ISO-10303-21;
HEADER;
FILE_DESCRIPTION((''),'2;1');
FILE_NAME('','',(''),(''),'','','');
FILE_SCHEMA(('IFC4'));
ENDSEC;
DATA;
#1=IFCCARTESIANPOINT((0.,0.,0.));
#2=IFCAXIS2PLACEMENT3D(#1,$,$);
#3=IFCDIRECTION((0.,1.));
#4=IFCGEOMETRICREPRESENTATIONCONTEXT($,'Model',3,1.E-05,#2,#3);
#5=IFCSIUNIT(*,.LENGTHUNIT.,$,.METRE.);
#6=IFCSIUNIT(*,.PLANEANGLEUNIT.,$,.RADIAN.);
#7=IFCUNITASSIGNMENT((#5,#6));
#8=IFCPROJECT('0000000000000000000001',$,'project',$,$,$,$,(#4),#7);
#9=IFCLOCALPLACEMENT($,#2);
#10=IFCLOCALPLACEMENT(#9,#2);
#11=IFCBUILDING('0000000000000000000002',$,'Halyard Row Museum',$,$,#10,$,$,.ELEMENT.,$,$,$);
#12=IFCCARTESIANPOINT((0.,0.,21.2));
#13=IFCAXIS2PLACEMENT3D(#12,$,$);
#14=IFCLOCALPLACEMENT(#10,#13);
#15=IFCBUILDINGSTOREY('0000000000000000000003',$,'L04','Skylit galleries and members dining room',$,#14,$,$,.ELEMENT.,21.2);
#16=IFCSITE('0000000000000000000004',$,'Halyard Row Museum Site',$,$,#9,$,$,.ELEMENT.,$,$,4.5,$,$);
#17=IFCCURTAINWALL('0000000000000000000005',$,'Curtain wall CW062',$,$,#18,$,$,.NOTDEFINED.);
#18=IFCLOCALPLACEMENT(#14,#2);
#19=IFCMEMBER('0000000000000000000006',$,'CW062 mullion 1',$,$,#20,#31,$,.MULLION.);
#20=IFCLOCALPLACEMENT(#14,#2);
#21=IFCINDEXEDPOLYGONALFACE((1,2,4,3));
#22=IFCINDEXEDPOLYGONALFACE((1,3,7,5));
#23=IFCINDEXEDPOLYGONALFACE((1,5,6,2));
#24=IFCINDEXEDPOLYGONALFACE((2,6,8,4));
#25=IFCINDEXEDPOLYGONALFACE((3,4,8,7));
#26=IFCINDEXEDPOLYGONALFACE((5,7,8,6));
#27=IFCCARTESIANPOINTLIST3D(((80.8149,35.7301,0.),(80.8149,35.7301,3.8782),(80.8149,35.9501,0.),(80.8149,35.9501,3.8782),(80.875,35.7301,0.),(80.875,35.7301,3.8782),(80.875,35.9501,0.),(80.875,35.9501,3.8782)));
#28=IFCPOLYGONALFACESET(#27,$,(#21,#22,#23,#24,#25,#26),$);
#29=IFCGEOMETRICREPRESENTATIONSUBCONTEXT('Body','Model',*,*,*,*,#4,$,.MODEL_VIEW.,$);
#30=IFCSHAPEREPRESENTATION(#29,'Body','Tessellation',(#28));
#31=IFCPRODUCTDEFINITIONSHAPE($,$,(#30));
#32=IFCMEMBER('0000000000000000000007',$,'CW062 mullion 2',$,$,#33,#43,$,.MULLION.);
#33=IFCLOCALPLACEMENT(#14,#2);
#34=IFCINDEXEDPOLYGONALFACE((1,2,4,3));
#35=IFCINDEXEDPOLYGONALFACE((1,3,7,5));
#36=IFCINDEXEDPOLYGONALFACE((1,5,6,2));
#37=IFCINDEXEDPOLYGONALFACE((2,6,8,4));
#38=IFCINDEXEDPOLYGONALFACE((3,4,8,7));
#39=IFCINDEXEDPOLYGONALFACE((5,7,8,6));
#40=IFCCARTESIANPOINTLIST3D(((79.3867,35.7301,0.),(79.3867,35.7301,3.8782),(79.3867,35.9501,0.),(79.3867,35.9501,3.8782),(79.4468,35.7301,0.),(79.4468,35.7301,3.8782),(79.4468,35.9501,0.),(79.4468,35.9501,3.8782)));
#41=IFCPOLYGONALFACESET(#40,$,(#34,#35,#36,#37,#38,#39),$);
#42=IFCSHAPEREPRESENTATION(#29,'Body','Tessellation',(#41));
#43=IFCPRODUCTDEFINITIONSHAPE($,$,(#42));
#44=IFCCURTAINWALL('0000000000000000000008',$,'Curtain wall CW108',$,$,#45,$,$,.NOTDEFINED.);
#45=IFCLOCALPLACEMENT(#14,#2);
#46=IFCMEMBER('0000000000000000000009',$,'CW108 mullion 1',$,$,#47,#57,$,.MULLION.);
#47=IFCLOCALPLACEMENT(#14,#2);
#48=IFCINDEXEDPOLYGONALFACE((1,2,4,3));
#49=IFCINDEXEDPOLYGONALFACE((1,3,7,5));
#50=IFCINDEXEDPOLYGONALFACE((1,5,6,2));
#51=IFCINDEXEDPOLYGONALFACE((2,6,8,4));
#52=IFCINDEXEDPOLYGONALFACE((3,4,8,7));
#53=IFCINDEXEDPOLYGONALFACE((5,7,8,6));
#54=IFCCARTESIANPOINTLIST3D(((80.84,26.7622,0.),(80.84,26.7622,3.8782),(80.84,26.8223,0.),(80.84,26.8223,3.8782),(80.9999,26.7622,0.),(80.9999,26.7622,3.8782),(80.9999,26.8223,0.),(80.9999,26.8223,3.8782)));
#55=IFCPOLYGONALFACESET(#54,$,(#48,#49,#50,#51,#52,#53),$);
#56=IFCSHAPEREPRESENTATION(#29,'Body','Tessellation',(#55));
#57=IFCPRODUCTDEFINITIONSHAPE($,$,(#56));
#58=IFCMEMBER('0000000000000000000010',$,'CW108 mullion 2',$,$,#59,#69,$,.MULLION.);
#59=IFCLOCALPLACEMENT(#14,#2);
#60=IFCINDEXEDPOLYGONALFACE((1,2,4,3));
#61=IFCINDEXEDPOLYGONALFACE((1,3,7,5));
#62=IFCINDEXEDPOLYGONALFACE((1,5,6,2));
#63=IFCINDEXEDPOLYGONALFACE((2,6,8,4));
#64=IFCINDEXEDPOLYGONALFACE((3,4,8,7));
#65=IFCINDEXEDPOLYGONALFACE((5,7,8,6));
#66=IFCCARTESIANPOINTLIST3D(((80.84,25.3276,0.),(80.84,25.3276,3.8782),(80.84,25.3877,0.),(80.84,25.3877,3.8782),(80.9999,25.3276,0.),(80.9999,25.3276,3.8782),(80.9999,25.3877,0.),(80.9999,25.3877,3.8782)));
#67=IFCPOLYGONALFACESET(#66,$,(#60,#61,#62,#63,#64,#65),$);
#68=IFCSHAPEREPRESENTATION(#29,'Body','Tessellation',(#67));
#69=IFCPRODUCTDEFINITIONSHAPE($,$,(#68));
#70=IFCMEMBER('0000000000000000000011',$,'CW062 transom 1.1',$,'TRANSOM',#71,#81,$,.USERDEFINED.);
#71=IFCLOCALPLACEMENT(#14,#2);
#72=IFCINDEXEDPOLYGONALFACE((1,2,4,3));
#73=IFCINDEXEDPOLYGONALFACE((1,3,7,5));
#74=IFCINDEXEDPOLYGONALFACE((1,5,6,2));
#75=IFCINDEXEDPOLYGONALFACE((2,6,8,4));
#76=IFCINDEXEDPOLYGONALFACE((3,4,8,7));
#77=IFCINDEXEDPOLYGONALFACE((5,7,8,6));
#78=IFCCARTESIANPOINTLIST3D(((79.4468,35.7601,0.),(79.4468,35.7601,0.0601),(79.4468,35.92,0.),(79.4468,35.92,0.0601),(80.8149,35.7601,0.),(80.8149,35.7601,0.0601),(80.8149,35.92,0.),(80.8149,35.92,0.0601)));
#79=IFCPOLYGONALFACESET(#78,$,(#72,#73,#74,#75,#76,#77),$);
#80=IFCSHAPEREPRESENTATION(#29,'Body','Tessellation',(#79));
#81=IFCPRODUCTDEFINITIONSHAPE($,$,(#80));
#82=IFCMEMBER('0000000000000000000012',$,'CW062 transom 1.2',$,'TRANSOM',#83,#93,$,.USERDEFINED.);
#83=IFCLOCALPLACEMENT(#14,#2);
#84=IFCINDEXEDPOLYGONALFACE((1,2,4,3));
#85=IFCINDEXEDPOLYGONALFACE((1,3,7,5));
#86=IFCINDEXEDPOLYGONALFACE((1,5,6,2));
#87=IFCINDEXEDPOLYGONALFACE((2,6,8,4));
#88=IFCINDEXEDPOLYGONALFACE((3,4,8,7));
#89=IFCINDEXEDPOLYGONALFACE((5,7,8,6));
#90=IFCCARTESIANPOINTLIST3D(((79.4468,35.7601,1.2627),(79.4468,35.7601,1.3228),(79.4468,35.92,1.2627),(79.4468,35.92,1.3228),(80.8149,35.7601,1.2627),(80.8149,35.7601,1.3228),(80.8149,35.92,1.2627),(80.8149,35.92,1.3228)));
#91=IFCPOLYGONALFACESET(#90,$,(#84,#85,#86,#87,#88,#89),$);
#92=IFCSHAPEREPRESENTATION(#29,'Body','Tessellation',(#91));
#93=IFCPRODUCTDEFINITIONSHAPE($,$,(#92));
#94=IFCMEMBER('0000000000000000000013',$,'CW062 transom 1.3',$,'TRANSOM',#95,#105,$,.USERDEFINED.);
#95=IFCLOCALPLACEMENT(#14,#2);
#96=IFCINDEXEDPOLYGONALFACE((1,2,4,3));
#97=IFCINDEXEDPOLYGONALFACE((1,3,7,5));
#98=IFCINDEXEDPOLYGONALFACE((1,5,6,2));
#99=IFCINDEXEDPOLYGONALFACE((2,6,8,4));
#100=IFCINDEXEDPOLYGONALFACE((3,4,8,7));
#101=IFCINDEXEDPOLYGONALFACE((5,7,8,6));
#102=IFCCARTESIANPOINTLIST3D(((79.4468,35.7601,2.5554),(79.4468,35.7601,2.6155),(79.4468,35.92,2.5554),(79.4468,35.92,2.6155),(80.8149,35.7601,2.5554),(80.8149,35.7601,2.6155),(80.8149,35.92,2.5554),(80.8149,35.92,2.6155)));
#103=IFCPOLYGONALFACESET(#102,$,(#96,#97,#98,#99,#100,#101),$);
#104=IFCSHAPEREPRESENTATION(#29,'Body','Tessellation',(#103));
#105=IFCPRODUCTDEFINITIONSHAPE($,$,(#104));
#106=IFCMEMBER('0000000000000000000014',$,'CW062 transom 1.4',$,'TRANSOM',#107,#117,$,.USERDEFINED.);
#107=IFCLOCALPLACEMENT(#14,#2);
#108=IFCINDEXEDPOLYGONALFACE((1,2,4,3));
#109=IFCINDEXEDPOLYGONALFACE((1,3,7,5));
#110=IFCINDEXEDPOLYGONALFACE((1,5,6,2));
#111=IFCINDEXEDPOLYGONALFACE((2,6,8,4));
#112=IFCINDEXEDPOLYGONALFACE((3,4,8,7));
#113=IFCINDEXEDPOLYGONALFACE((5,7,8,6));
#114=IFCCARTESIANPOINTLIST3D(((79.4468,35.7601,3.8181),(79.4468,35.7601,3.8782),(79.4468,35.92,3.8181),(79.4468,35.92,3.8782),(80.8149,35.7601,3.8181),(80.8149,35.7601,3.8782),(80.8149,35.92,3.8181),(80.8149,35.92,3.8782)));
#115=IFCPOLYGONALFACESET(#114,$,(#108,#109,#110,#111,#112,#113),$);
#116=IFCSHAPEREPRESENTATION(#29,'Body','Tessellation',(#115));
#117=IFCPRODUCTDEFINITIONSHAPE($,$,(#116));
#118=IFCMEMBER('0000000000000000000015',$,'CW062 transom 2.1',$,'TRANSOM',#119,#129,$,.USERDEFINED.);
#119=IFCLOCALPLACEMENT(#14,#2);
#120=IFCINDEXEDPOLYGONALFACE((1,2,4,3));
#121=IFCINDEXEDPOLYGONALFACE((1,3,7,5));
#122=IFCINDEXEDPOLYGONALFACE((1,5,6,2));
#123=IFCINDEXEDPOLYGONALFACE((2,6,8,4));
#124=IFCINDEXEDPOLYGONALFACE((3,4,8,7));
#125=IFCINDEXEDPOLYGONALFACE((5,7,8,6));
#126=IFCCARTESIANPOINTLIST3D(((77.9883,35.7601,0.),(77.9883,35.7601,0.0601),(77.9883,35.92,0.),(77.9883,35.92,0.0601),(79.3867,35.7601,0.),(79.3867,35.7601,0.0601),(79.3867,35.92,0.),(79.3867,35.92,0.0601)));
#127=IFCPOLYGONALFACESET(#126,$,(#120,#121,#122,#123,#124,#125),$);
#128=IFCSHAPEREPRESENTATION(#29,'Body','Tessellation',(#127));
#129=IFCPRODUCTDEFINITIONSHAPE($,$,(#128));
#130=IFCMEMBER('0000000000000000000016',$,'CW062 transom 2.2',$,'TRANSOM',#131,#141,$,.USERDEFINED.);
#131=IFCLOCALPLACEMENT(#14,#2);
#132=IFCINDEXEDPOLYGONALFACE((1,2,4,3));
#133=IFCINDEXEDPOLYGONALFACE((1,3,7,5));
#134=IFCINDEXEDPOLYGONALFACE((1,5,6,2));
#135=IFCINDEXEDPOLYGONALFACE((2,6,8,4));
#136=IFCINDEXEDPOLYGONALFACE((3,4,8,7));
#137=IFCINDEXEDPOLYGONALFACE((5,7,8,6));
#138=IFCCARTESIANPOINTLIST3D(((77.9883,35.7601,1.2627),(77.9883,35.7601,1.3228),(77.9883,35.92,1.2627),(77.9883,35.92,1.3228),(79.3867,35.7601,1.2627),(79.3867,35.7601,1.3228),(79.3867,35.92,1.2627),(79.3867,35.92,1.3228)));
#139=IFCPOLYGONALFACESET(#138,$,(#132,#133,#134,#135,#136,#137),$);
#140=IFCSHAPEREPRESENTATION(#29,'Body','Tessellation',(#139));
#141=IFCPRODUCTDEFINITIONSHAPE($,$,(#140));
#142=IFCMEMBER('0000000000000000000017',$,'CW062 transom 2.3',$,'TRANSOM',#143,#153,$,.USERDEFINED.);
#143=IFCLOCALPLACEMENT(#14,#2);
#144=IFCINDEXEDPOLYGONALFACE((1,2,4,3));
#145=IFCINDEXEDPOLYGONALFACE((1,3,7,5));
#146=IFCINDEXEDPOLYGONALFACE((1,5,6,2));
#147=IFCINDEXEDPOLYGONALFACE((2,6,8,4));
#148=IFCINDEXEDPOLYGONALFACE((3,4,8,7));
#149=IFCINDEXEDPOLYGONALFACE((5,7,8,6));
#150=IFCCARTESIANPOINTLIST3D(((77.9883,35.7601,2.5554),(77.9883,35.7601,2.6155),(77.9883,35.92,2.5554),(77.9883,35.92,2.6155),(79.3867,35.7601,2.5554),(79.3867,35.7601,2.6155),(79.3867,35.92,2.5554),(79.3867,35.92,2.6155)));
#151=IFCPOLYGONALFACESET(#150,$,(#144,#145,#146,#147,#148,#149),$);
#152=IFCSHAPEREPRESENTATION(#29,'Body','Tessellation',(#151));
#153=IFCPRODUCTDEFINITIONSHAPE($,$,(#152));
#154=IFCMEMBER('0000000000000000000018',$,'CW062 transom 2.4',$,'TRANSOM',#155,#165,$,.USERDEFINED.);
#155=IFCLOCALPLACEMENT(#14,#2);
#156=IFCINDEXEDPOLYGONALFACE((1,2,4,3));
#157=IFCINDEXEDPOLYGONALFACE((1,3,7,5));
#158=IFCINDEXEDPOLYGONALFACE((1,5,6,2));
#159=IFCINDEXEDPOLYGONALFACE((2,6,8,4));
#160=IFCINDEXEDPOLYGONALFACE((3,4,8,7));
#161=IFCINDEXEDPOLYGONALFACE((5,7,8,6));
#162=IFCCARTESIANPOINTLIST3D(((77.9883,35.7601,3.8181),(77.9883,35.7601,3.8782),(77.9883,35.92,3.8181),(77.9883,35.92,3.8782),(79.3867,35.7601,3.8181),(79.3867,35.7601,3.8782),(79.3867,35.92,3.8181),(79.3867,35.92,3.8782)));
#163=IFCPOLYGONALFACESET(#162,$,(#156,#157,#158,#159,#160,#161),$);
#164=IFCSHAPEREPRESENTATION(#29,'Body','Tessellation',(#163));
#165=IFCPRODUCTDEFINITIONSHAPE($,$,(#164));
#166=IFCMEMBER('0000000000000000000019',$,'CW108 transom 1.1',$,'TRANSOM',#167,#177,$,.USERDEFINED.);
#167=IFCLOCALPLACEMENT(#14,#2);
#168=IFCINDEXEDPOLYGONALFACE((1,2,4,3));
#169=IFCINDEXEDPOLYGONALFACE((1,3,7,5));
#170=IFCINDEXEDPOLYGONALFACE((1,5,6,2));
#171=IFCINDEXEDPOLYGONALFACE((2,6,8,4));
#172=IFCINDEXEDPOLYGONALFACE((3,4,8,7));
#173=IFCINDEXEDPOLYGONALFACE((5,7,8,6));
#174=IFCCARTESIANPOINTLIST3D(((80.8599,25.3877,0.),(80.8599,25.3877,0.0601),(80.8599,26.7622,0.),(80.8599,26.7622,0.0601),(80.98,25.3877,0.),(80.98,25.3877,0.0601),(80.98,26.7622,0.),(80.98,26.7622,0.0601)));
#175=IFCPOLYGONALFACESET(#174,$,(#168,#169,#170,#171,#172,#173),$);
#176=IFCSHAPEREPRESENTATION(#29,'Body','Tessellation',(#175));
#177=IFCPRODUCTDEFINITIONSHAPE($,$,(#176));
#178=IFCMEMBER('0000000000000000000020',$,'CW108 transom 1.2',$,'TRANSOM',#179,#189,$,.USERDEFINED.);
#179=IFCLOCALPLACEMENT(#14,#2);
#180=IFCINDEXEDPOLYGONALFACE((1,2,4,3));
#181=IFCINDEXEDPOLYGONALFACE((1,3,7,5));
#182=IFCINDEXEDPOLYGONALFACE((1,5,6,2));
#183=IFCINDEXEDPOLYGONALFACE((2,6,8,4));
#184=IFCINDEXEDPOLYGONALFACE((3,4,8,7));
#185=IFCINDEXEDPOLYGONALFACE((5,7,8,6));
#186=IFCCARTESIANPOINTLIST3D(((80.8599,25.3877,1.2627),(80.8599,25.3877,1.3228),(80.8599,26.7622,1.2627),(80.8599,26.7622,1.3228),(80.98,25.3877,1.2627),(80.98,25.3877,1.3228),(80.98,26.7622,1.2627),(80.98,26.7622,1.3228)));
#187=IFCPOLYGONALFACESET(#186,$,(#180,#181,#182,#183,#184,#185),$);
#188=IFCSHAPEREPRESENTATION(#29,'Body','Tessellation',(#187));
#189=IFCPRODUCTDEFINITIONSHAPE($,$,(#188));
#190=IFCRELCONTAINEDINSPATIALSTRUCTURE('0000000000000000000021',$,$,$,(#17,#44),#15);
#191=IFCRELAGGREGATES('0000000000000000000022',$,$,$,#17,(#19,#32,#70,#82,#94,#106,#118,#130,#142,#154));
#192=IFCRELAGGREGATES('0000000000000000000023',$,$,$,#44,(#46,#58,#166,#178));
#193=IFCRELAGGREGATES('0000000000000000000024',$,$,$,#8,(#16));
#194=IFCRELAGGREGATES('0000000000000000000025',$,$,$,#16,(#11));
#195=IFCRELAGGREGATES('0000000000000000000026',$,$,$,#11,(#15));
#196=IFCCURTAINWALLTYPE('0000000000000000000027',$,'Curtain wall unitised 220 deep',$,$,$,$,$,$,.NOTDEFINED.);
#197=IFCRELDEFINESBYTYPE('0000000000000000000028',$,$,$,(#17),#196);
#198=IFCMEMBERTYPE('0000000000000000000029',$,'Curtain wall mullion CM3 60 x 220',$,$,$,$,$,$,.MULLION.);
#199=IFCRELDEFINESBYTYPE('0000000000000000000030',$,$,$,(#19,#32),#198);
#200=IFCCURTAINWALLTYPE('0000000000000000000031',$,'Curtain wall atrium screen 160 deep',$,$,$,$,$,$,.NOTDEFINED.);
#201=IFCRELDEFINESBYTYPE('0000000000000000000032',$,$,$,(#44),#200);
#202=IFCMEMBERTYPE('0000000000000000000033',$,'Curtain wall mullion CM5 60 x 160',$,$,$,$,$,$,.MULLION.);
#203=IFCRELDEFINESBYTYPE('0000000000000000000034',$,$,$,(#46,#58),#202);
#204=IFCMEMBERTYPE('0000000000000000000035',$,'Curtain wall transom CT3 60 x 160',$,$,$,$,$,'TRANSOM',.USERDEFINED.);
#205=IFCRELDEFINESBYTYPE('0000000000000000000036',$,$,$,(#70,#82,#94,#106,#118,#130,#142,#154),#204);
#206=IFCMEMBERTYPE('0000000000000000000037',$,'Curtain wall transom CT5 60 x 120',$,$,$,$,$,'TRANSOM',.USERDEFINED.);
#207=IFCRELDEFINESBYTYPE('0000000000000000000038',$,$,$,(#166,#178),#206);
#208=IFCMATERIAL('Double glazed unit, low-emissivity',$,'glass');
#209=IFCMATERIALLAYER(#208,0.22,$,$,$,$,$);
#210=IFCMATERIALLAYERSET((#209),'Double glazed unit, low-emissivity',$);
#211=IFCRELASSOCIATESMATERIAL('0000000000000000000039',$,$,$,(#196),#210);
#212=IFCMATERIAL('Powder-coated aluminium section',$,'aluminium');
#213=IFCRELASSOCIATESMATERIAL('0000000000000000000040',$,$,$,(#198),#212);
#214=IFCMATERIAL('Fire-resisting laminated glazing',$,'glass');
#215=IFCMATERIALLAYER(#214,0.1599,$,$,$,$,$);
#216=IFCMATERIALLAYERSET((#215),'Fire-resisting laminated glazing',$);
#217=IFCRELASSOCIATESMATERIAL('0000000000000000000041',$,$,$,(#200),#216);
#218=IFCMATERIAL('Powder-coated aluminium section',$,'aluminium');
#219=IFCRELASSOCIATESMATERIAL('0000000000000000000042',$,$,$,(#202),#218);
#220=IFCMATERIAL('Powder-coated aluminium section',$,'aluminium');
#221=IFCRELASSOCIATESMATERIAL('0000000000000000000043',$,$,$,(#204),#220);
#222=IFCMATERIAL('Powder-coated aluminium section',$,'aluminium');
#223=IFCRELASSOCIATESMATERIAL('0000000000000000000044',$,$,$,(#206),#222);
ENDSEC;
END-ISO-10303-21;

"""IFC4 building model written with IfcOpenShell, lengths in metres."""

from ifc_helpers import new_model, si_unit, direction, frame, origin, origin_2d, place, context, subcontext, project, spatial, rectangle, extrude, material, layer, layer_set, material_profile, profile_set, type_object, element, aggregate, save


model = new_model("IFC4")

# Units and contexts
model_context = context("Model", 3, precision=1e-05, world=origin(), true_north=direction((0.0, 1.0)))
body_context = subcontext(model_context, "Body", "Model", "MODEL_VIEW")
ifc_project = project(units=[si_unit("LENGTHUNIT", "METRE"), si_unit("PLANEANGLEUNIT", "RADIAN")], contexts=[model_context])

# Site, building, storey
site_placement = place(None, origin())
site = spatial("IfcSite", under=ifc_project, at=site_placement, Name="Halyard Row Museum Site", CompositionType="ELEMENT", RefElevation=4.5)
building_placement = place(site_placement, origin())
building = spatial("IfcBuilding", under=site, at=building_placement, Name="Halyard Row Museum", CompositionType="ELEMENT")
storey_placement = place(building_placement, frame((0.0, 0.0, 21.2)))
storey = spatial("IfcBuildingStorey", under=building, at=storey_placement, Name="L04", Description="Skylit galleries and members dining room", CompositionType="ELEMENT", Elevation=21.2)

# Curtain walls, members
ifc_material_1 = material(Name="Double glazed unit, low-emissivity", Category="glass")
ifc_layer_1 = layer(ifc_material_1, 0.22)
ifc_layer_set_1 = layer_set([ifc_layer_1], Name="Double glazed unit, low-emissivity")
curtain_wall_type_1 = type_object("IfcCurtainWallType", Name="Curtain wall unitised 220 deep", PredefinedType="NOTDEFINED", material=ifc_layer_set_1)
curtain_wall_1_placement = place(storey_placement, origin())
curtain_wall_1 = element("IfcCurtainWall", 1, at=curtain_wall_1_placement, inside=storey, type_object=curtain_wall_type_1, Name="Curtain wall CW062", PredefinedType="NOTDEFINED")
ifc_material_2 = material(Name="Powder-coated aluminium section", Category="aluminium")
ifc_material_profile_1 = material_profile(ifc_material_2, rectangle(XDim=0.22, YDim=0.0601, at=origin_2d()), Name="220x60 mullion")
ifc_profile_set_1 = profile_set([ifc_material_profile_1], Name="Powder-coated aluminium section")
member_type_1 = type_object("IfcMemberType", Name="Curtain wall mullion CM3 60 x 220", PredefinedType="MULLION", material=ifc_profile_set_1)
member_1_placement = place(storey_placement, frame((80.845, 35.8401, 0.0), z_axis=(0.0, 0.0, 1.0), x_axis=(0.0, -1.0, 0.0)))
member_1 = element("IfcMember", 2, at=member_1_placement, type_object=member_type_1, Name="CW062 mullion 1", PredefinedType="MULLION", context=body_context, shape_type="SweptSolid", body=[
    extrude(rectangle(XDim=0.22, YDim=0.0601, at=origin_2d()), origin(), (0.0, 0.0, 1.0), 3.8782),
])
member_2_placement = place(storey_placement, frame((79.4167, 35.8401, 0.0), z_axis=(0.0, 0.0, 1.0), x_axis=(0.0, -1.0, 0.0)))
member_2 = element("IfcMember", 3, at=member_2_placement, type_object=member_type_1, Name="CW062 mullion 2", PredefinedType="MULLION", context=body_context, shape_type="SweptSolid", body=[
    extrude(rectangle(XDim=0.22, YDim=0.0601, at=origin_2d()), origin(), (0.0, 0.0, 1.0), 3.8782),
])
ifc_material_3 = material(Name="Fire-resisting laminated glazing", Category="glass")
ifc_layer_2 = layer(ifc_material_3, 0.1599)
ifc_layer_set_2 = layer_set([ifc_layer_2], Name="Fire-resisting laminated glazing")
curtain_wall_type_2 = type_object("IfcCurtainWallType", Name="Curtain wall atrium screen 160 deep", PredefinedType="NOTDEFINED", material=ifc_layer_set_2)
curtain_wall_2_placement = place(storey_placement, origin())
curtain_wall_2 = element("IfcCurtainWall", 4, at=curtain_wall_2_placement, inside=storey, type_object=curtain_wall_type_2, Name="Curtain wall CW108", PredefinedType="NOTDEFINED")
ifc_material_4 = material(Name="Powder-coated aluminium section", Category="aluminium")
ifc_material_profile_2 = material_profile(ifc_material_4, rectangle(XDim=0.1599, YDim=0.0601, at=origin_2d()), Name="160x60 mullion")
ifc_profile_set_2 = profile_set([ifc_material_profile_2], Name="Powder-coated aluminium section")
member_type_2 = type_object("IfcMemberType", Name="Curtain wall mullion CM5 60 x 160", PredefinedType="MULLION", material=ifc_profile_set_2)
member_3_placement = place(storey_placement, frame((80.9199, 26.7922, 0.0), z_axis=(0.0, 0.0, 1.0), x_axis=(1.0, 0.0, 0.0)))
member_3 = element("IfcMember", 5, at=member_3_placement, type_object=member_type_2, Name="CW108 mullion 1", PredefinedType="MULLION", context=body_context, shape_type="SweptSolid", body=[
    extrude(rectangle(XDim=0.1599, YDim=0.0601, at=origin_2d()), origin(), (0.0, 0.0, 1.0), 3.8782),
])
member_4_placement = place(storey_placement, frame((80.9199, 25.3577, 0.0), z_axis=(0.0, 0.0, 1.0), x_axis=(1.0, 0.0, 0.0)))
member_4 = element("IfcMember", 6, at=member_4_placement, type_object=member_type_2, Name="CW108 mullion 2", PredefinedType="MULLION", context=body_context, shape_type="SweptSolid", body=[
    extrude(rectangle(XDim=0.1599, YDim=0.0601, at=origin_2d()), origin(), (0.0, 0.0, 1.0), 3.8782),
])

# Members
ifc_material_5 = material(Name="Powder-coated aluminium section", Category="aluminium")
ifc_material_profile_3 = material_profile(ifc_material_5, rectangle(XDim=0.1599, YDim=0.0601, at=origin_2d()), Name="160x60 transom")
ifc_profile_set_3 = profile_set([ifc_material_profile_3], Name="Powder-coated aluminium section")
member_type_3 = type_object("IfcMemberType", Name="Curtain wall transom CT3 60 x 160", ElementType="TRANSOM", PredefinedType="USERDEFINED", material=ifc_profile_set_3)
member_5_placement = place(storey_placement, frame((80.8149, 35.8401, 0.03), z_axis=(-1.0, 0.0, 0.0), x_axis=(0.0, -1.0, 0.0)))
member_5 = element("IfcMember", 7, at=member_5_placement, type_object=member_type_3, Name="CW062 transom 1.1", ObjectType="TRANSOM", PredefinedType="USERDEFINED", context=body_context, shape_type="SweptSolid", body=[
    extrude(rectangle(XDim=0.1599, YDim=0.0601, at=origin_2d()), origin(), (0.0, 0.0, 1.0), 1.3682),
])
member_6_placement = place(storey_placement, frame((80.8149, 35.8401, 1.2927), z_axis=(-1.0, 0.0, 0.0), x_axis=(0.0, -1.0, 0.0)))
member_6 = element("IfcMember", 8, at=member_6_placement, type_object=member_type_3, Name="CW062 transom 1.2", ObjectType="TRANSOM", PredefinedType="USERDEFINED", context=body_context, shape_type="SweptSolid", body=[
    extrude(rectangle(XDim=0.1599, YDim=0.0601, at=origin_2d()), origin(), (0.0, 0.0, 1.0), 1.3682),
])
member_7_placement = place(storey_placement, frame((80.8149, 35.8401, 2.5854), z_axis=(-1.0, 0.0, 0.0), x_axis=(0.0, -1.0, 0.0)))
member_7 = element("IfcMember", 9, at=member_7_placement, type_object=member_type_3, Name="CW062 transom 1.3", ObjectType="TRANSOM", PredefinedType="USERDEFINED", context=body_context, shape_type="SweptSolid", body=[
    extrude(rectangle(XDim=0.1599, YDim=0.0601, at=origin_2d()), origin(), (0.0, 0.0, 1.0), 1.3682),
])
member_8_placement = place(storey_placement, frame((80.8149, 35.8401, 3.8481), z_axis=(-1.0, 0.0, 0.0), x_axis=(0.0, -1.0, 0.0)))
member_8 = element("IfcMember", 10, at=member_8_placement, type_object=member_type_3, Name="CW062 transom 1.4", ObjectType="TRANSOM", PredefinedType="USERDEFINED", context=body_context, shape_type="SweptSolid", body=[
    extrude(rectangle(XDim=0.1599, YDim=0.0601, at=origin_2d()), origin(), (0.0, 0.0, 1.0), 1.3682),
])
member_9_placement = place(storey_placement, frame((79.3867, 35.8401, 0.03), z_axis=(-1.0, 0.0, 0.0), x_axis=(0.0, -1.0, 0.0)))
member_9 = element("IfcMember", 11, at=member_9_placement, type_object=member_type_3, Name="CW062 transom 2.1", ObjectType="TRANSOM", PredefinedType="USERDEFINED", context=body_context, shape_type="SweptSolid", body=[
    extrude(rectangle(XDim=0.1599, YDim=0.0601, at=origin_2d()), origin(), (0.0, 0.0, 1.0), 1.3984),
])
member_10_placement = place(storey_placement, frame((79.3867, 35.8401, 1.2927), z_axis=(-1.0, 0.0, 0.0), x_axis=(0.0, -1.0, 0.0)))
member_10 = element("IfcMember", 12, at=member_10_placement, type_object=member_type_3, Name="CW062 transom 2.2", ObjectType="TRANSOM", PredefinedType="USERDEFINED", context=body_context, shape_type="SweptSolid", body=[
    extrude(rectangle(XDim=0.1599, YDim=0.0601, at=origin_2d()), origin(), (0.0, 0.0, 1.0), 1.3984),
])
member_11_placement = place(storey_placement, frame((79.3867, 35.8401, 2.5854), z_axis=(-1.0, 0.0, 0.0), x_axis=(0.0, -1.0, 0.0)))
member_11 = element("IfcMember", 13, at=member_11_placement, type_object=member_type_3, Name="CW062 transom 2.3", ObjectType="TRANSOM", PredefinedType="USERDEFINED", context=body_context, shape_type="SweptSolid", body=[
    extrude(rectangle(XDim=0.1599, YDim=0.0601, at=origin_2d()), origin(), (0.0, 0.0, 1.0), 1.3984),
])
member_12_placement = place(storey_placement, frame((79.3867, 35.8401, 3.8481), z_axis=(-1.0, 0.0, 0.0), x_axis=(0.0, -1.0, 0.0)))
member_12 = element("IfcMember", 14, at=member_12_placement, type_object=member_type_3, Name="CW062 transom 2.4", ObjectType="TRANSOM", PredefinedType="USERDEFINED", context=body_context, shape_type="SweptSolid", body=[
    extrude(rectangle(XDim=0.1599, YDim=0.0601, at=origin_2d()), origin(), (0.0, 0.0, 1.0), 1.3984),
])
ifc_material_6 = material(Name="Powder-coated aluminium section", Category="aluminium")
ifc_material_profile_4 = material_profile(ifc_material_6, rectangle(XDim=0.1201, YDim=0.0601, at=origin_2d()), Name="120x60 transom")
ifc_profile_set_4 = profile_set([ifc_material_profile_4], Name="Powder-coated aluminium section")
member_type_4 = type_object("IfcMemberType", Name="Curtain wall transom CT5 60 x 120", ElementType="TRANSOM", PredefinedType="USERDEFINED", material=ifc_profile_set_4)
member_13_placement = place(storey_placement, frame((80.9199, 26.7622, 0.03), z_axis=(0.0, -1.0, 0.0), x_axis=(1.0, 0.0, 0.0)))
member_13 = element("IfcMember", 15, at=member_13_placement, type_object=member_type_4, Name="CW108 transom 1.1", ObjectType="TRANSOM", PredefinedType="USERDEFINED", context=body_context, shape_type="SweptSolid", body=[
    extrude(rectangle(XDim=0.1201, YDim=0.0601, at=origin_2d()), origin(), (0.0, 0.0, 1.0), 1.3745),
])
member_14_placement = place(storey_placement, frame((80.9199, 26.7622, 1.2927), z_axis=(0.0, -1.0, 0.0), x_axis=(1.0, 0.0, 0.0)))
member_14 = element("IfcMember", 16, at=member_14_placement, type_object=member_type_4, Name="CW108 transom 1.2", ObjectType="TRANSOM", PredefinedType="USERDEFINED", context=body_context, shape_type="SweptSolid", body=[
    extrude(rectangle(XDim=0.1201, YDim=0.0601, at=origin_2d()), origin(), (0.0, 0.0, 1.0), 1.3745),
])

aggregate(curtain_wall_1, [member_1, member_2, member_5, member_6, member_7, member_8, member_9, member_10, member_11, member_12])
aggregate(curtain_wall_2, [member_3, member_4, member_13, member_14])

save(model, "model.ifc")
